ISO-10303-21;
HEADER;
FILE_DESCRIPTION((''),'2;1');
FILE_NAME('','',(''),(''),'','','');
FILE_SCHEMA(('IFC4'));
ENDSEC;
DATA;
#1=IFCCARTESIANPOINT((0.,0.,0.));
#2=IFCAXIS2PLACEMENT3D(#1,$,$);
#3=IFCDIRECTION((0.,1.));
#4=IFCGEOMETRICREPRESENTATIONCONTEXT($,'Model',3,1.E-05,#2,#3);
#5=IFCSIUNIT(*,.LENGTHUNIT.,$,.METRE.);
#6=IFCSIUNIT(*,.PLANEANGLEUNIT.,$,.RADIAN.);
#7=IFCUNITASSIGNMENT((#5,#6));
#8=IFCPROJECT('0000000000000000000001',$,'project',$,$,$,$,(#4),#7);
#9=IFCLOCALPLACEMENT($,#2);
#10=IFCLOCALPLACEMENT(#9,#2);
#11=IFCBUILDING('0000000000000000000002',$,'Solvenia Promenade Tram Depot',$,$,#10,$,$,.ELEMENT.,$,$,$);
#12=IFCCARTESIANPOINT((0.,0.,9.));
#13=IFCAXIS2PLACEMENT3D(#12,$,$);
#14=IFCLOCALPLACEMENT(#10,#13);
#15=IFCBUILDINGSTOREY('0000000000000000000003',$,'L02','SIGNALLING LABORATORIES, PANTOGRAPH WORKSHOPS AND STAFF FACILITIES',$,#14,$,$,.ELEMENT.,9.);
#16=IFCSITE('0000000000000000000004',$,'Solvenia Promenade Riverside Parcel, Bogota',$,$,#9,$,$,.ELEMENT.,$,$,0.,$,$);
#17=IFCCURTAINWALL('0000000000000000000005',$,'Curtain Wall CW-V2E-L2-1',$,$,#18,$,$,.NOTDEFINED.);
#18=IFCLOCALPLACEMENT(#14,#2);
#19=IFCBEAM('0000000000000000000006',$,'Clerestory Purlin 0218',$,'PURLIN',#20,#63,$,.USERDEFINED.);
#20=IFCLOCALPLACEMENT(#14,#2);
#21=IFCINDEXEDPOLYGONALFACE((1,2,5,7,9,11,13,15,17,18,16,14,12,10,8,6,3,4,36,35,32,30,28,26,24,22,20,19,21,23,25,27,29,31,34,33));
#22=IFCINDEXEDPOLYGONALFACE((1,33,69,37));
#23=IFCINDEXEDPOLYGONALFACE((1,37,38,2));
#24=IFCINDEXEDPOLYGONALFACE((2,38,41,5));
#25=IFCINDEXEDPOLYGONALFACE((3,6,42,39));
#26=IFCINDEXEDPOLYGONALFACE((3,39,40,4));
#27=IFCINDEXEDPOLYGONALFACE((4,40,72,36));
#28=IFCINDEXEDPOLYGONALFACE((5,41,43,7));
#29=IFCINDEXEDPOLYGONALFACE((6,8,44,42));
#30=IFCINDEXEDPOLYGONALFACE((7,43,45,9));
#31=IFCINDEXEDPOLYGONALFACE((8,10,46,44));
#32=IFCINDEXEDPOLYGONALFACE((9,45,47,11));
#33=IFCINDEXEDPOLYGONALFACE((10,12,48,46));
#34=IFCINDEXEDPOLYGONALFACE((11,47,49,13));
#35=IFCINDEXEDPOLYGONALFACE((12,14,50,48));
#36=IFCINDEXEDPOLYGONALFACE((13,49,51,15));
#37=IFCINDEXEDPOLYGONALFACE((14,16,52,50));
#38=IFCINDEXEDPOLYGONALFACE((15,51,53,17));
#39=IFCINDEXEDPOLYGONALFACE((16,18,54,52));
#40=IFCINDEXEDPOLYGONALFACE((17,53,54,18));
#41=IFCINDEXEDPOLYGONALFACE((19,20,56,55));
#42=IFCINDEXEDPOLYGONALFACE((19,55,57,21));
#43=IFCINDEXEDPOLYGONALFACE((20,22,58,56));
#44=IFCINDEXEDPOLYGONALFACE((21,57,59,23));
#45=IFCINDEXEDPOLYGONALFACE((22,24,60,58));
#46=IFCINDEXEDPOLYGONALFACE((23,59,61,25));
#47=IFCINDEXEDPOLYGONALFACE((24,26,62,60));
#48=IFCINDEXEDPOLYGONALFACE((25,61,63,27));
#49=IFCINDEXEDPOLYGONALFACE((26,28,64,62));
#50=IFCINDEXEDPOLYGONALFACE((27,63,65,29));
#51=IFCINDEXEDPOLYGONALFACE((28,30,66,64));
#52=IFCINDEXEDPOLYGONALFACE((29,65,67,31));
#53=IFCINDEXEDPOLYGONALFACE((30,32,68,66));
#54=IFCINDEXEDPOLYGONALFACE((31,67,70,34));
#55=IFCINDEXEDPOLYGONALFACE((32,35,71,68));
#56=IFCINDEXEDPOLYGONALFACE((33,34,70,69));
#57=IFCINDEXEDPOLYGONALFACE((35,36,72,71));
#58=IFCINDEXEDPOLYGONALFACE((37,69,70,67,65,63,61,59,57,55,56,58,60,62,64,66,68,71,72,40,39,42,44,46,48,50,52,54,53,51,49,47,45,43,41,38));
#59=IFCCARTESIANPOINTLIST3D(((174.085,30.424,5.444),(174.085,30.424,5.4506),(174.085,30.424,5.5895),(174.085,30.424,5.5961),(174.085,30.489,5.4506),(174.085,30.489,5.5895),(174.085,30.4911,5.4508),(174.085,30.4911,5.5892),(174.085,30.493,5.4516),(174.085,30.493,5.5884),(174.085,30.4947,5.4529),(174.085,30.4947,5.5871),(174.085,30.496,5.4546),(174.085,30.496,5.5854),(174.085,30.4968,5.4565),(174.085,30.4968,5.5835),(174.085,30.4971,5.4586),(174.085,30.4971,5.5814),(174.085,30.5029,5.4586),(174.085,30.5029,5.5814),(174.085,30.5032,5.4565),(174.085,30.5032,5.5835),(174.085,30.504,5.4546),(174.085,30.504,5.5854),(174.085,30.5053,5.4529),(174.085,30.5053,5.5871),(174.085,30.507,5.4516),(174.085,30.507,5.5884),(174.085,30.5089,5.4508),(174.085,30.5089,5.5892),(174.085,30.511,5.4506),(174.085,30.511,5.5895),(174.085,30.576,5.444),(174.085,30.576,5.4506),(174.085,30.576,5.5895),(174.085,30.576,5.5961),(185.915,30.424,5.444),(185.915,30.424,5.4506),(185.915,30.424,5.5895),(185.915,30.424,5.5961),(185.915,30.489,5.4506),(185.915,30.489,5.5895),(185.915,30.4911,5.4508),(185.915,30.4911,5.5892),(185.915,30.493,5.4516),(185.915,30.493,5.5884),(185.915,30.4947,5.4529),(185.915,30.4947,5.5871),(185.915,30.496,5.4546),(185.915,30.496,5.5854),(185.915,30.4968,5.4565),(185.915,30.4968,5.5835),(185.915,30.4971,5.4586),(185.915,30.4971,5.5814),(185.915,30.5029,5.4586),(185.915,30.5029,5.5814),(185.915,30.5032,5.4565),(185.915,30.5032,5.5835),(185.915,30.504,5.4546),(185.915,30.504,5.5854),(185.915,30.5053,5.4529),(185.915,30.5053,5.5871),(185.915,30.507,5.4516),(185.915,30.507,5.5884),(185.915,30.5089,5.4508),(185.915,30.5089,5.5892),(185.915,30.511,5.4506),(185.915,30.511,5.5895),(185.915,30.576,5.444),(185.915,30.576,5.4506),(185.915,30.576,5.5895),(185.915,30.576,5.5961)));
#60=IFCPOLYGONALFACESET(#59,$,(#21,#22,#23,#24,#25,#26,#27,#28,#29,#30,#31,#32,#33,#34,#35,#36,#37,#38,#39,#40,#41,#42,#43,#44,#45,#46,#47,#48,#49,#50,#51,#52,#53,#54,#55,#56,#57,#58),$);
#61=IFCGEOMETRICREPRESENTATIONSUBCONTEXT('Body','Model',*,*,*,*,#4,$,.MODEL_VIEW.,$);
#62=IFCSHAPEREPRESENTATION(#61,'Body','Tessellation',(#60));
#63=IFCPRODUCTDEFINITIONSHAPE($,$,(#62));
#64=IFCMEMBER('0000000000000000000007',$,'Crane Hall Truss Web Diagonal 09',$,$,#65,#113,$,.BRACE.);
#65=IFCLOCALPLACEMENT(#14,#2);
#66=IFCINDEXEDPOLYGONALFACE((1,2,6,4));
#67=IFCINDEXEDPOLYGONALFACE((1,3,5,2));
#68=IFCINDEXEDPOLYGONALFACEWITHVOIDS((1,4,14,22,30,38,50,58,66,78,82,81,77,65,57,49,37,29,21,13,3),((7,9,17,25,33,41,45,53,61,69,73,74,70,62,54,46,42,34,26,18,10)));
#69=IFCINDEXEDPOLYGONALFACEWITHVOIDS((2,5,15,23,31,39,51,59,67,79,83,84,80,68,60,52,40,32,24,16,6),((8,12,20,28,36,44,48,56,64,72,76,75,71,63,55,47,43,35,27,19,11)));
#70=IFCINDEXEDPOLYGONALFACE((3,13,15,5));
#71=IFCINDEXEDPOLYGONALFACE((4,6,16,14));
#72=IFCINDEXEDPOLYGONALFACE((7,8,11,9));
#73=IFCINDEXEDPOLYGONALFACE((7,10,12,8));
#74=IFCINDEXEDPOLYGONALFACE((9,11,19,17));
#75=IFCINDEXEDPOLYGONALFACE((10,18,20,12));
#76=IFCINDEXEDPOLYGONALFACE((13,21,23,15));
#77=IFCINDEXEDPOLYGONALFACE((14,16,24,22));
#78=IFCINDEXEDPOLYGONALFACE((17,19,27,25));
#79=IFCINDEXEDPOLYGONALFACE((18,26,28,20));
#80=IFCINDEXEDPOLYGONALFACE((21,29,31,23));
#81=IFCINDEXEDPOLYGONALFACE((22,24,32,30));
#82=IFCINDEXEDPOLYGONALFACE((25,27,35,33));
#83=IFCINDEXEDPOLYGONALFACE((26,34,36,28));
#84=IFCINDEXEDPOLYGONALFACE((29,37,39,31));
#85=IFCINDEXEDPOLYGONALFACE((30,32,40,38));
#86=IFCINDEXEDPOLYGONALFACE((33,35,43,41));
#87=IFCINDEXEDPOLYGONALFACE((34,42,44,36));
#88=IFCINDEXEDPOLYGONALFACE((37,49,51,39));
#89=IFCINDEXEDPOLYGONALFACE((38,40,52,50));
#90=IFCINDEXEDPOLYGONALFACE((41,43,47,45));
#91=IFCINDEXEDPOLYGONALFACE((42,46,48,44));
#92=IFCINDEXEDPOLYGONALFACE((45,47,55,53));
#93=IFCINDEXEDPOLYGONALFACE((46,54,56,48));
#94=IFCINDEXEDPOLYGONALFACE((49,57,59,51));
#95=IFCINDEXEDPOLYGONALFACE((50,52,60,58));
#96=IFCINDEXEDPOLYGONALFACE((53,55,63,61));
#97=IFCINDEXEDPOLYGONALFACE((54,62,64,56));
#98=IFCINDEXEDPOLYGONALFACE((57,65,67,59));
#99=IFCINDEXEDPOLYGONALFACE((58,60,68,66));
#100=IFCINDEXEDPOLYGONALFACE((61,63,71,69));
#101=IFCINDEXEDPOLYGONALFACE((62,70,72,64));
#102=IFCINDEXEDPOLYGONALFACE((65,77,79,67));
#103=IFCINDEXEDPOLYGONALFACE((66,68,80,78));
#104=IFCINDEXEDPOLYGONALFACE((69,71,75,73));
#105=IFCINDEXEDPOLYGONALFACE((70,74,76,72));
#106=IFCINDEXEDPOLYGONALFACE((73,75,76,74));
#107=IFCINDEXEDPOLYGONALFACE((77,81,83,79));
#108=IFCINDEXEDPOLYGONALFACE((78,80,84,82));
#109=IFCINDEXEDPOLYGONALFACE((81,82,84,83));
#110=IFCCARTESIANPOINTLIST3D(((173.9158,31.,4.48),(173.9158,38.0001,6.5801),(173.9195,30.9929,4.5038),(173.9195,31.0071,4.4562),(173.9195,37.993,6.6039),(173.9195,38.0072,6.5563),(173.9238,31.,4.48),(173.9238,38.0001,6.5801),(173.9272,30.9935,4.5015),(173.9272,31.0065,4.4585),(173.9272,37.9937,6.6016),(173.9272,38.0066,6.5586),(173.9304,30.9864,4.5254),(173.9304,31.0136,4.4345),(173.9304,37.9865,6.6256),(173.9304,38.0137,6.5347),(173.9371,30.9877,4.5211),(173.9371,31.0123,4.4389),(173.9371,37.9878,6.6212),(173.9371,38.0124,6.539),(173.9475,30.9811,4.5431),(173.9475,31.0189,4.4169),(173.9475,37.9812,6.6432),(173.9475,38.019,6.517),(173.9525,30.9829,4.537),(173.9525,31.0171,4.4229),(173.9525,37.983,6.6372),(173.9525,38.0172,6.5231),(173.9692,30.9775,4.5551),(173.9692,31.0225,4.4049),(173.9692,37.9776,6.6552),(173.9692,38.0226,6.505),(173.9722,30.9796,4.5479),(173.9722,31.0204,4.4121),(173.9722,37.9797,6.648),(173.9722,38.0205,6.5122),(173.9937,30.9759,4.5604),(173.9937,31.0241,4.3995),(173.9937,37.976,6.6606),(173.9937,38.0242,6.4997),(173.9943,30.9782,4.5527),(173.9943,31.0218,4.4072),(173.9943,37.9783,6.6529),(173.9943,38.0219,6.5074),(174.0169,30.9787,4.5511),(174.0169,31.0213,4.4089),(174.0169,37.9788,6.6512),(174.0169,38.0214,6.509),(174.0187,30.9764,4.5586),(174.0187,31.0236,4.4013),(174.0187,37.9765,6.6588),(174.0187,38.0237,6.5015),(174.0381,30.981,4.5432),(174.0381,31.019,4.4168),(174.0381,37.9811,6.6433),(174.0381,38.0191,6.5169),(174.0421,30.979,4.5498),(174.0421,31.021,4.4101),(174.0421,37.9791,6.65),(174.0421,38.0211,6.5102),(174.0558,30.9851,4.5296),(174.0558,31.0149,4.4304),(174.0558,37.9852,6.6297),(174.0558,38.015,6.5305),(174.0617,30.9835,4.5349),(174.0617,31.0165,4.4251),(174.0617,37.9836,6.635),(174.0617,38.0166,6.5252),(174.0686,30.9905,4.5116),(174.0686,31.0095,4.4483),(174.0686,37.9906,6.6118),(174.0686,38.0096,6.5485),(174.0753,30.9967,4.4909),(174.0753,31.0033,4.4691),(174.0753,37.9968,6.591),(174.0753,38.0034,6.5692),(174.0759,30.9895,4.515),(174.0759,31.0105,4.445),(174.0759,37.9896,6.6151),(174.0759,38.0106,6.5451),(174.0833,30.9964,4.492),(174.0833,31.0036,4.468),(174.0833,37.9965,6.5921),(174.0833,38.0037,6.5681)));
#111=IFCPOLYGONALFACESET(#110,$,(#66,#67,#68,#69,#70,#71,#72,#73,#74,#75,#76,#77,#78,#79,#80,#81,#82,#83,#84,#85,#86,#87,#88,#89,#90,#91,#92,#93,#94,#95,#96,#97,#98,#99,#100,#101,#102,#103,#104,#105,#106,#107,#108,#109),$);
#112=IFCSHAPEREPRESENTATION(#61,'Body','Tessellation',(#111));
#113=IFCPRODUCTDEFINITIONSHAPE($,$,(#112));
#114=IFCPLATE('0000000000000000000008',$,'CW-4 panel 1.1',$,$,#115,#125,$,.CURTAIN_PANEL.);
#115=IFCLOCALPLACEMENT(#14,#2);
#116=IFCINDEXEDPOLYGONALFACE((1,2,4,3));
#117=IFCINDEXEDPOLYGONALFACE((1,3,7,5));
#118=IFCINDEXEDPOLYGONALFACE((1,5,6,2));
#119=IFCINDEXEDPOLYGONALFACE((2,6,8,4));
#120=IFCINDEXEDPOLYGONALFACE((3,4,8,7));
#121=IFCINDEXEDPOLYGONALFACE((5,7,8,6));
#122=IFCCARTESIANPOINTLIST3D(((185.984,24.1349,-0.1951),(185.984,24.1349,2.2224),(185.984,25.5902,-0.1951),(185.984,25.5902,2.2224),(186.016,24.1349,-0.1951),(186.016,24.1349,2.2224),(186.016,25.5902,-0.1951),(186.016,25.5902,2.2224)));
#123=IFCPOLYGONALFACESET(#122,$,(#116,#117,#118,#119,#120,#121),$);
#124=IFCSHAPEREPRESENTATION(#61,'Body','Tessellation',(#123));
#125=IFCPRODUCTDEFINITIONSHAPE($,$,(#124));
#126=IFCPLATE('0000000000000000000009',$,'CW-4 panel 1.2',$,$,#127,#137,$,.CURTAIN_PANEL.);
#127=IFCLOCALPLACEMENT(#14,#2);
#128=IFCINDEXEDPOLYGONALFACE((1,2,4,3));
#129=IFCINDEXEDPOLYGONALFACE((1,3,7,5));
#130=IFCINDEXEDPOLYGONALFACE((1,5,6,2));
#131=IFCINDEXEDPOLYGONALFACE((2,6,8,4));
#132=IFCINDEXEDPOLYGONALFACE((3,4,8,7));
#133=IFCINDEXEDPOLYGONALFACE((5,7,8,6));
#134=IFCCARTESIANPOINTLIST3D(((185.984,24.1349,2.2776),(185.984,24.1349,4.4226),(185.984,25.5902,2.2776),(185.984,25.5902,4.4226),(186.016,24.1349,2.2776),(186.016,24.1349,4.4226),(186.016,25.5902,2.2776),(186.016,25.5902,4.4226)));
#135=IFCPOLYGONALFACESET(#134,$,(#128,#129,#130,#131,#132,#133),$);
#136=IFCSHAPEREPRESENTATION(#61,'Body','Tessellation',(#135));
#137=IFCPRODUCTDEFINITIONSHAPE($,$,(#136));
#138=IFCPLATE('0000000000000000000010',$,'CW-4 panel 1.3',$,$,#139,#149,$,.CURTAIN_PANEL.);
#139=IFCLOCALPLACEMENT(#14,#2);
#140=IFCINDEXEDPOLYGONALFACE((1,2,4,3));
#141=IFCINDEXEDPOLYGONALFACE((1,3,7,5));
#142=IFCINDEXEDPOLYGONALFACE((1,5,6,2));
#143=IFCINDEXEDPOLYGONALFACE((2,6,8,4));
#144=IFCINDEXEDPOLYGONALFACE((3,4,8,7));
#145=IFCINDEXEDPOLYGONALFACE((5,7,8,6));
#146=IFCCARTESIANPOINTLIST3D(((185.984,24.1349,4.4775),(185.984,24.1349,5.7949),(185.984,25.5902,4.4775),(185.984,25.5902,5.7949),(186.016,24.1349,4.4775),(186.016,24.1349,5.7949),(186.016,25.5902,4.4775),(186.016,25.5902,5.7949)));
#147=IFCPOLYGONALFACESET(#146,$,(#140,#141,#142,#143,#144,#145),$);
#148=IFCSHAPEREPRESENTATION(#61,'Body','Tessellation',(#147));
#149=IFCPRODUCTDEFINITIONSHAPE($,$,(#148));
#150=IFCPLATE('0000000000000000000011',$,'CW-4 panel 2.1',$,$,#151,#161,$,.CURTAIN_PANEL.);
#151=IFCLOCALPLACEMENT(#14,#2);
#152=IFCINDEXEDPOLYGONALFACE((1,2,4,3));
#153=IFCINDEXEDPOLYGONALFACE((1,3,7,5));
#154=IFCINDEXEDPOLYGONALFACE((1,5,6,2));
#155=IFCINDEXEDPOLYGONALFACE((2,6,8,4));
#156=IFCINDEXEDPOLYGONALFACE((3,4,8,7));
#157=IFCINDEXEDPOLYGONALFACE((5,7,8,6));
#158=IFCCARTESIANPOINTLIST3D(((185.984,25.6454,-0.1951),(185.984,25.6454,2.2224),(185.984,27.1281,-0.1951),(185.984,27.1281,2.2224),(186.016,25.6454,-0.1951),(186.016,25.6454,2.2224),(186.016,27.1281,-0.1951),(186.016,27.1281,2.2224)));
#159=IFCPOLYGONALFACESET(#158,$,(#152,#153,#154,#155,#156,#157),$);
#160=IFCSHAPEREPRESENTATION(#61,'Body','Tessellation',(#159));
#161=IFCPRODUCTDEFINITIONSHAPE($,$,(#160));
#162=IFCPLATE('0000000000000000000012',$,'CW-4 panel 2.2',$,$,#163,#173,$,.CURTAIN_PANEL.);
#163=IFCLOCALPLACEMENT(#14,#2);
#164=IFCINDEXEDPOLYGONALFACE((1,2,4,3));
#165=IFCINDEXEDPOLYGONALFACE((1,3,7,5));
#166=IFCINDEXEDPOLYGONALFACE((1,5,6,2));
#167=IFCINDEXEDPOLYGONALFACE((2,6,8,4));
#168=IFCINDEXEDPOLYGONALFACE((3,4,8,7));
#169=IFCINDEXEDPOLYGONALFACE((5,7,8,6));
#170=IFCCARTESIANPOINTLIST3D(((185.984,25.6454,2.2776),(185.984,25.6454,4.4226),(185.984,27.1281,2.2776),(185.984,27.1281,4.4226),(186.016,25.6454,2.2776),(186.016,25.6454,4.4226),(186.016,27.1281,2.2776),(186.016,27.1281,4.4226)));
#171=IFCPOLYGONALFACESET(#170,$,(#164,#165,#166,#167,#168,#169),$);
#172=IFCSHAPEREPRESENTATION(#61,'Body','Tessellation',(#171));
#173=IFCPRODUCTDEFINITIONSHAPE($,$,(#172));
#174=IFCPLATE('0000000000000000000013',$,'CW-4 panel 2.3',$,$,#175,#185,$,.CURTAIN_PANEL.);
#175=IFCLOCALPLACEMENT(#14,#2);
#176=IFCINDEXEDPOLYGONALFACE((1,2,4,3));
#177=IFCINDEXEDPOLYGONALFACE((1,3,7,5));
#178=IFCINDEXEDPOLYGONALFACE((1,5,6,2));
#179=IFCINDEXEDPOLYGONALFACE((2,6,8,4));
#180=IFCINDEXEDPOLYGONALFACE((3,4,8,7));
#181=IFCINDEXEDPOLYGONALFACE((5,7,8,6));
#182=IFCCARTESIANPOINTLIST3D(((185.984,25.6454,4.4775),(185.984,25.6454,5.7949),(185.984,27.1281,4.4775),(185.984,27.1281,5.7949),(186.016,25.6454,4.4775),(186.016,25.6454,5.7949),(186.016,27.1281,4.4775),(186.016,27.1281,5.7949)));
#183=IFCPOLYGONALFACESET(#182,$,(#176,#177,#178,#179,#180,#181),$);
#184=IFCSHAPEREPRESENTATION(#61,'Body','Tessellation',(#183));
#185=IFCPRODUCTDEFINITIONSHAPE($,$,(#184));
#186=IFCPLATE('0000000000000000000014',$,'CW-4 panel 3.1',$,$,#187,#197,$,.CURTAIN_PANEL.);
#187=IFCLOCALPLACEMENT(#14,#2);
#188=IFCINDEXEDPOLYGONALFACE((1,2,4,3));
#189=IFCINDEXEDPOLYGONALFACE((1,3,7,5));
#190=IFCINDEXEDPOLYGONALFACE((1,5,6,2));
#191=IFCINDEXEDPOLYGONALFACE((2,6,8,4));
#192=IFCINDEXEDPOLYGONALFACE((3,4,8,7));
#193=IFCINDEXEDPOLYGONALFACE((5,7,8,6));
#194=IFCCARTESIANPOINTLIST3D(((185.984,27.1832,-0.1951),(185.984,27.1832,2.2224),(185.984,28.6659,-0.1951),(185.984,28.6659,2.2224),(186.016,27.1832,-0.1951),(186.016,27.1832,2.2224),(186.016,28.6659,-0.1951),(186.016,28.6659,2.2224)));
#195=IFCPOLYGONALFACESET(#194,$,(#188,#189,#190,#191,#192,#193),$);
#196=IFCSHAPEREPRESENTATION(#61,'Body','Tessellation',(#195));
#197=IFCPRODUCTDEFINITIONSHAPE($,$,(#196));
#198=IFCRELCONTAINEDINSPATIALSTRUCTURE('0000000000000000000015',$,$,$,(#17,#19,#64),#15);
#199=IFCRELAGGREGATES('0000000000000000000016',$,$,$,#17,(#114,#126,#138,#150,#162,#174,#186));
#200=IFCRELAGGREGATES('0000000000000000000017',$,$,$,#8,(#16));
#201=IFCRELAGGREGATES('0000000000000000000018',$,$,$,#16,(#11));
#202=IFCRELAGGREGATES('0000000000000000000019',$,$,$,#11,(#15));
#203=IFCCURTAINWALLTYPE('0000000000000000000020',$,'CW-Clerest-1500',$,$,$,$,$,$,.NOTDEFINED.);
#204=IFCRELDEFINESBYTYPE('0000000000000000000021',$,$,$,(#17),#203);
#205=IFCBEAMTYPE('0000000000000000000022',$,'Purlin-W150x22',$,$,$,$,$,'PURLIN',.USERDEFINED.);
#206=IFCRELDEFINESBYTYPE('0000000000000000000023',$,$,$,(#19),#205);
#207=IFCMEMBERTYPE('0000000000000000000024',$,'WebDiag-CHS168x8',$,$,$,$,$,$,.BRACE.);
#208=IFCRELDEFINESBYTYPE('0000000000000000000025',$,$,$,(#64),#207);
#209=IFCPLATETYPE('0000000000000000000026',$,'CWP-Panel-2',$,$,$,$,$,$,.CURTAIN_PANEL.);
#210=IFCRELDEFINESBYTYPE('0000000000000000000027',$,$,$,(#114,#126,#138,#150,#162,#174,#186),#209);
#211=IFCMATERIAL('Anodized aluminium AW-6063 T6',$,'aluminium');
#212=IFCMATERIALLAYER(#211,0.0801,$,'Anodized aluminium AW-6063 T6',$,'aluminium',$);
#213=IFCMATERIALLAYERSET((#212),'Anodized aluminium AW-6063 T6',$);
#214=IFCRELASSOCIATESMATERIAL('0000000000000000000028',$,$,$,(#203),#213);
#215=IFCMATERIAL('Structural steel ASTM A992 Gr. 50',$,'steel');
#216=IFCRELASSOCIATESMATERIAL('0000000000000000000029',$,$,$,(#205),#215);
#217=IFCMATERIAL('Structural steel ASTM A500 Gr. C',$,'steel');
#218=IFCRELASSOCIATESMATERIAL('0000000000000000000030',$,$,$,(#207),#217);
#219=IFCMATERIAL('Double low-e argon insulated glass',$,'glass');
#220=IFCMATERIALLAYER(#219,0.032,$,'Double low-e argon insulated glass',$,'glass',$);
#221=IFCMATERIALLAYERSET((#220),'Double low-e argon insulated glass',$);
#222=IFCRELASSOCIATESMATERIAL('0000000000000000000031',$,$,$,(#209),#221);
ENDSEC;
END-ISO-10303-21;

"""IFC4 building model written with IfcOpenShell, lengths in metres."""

from ifc_helpers import new_model, si_unit, direction, frame, origin, origin_2d, place, context, subcontext, project, spatial, rectangle, hollow_circle, i_section, extrude, material, layer, layer_set, material_profile, profile_set, type_object, element, aggregate, save


model = new_model("IFC4")

# Units and contexts
model_context = context("Model", 3, precision=1e-05, world=origin(), true_north=direction((0.0, 1.0)))
body_context = subcontext(model_context, "Body", "Model", "MODEL_VIEW")
ifc_project = project(units=[si_unit("LENGTHUNIT", "METRE"), si_unit("PLANEANGLEUNIT", "RADIAN")], contexts=[model_context])

# Site, building, storey
site_placement = place(None, origin())
site = spatial("IfcSite", under=ifc_project, at=site_placement, Name="Solvenia Promenade Riverside Parcel, Bogota", CompositionType="ELEMENT", RefElevation=0.0)
building_placement = place(site_placement, origin())
building = spatial("IfcBuilding", under=site, at=building_placement, Name="Solvenia Promenade Tram Depot", CompositionType="ELEMENT")
storey_placement = place(building_placement, frame((0.0, 0.0, 9.0)))
storey = spatial("IfcBuildingStorey", under=building, at=storey_placement, Name="L02", Description="SIGNALLING LABORATORIES, PANTOGRAPH WORKSHOPS AND STAFF FACILITIES", CompositionType="ELEMENT", Elevation=9.0)

# Curtain wall
ifc_material_1 = material(Name="Anodized aluminium AW-6063 T6", Category="aluminium")
ifc_layer_1 = layer(ifc_material_1, 0.0801, Name="Anodized aluminium AW-6063 T6", Category="aluminium")
ifc_layer_set_1 = layer_set([ifc_layer_1], Name="Anodized aluminium AW-6063 T6")
curtain_wall_type = type_object("IfcCurtainWallType", Name="CW-Clerest-1500", PredefinedType="NOTDEFINED", material=ifc_layer_set_1)
curtain_wall_placement = place(storey_placement, origin())
curtain_wall = element("IfcCurtainWall", 1, at=curtain_wall_placement, inside=storey, type_object=curtain_wall_type, Name="Curtain Wall CW-V2E-L2-1", PredefinedType="NOTDEFINED")

# Shared definitions
ifc_material_2 = material(Name="Structural steel ASTM A500 Gr. C", Category="steel")

# Beam
ifc_material_3 = material(Name="Structural steel ASTM A992 Gr. 50", Category="steel")
ifc_material_profile_1 = material_profile(ifc_material_3, i_section(OverallWidth=0.1521, OverallDepth=0.1521, WebThickness=0.0059, FlangeThickness=0.0066, FilletRadius=0.0081, at=origin_2d()), Name="W150x22", Category="steel")
ifc_profile_set_1 = profile_set([ifc_material_profile_1], Name="Structural steel ASTM A992 Gr. 50")
beam_type = type_object("IfcBeamType", Name="Purlin-W150x22", ElementType="PURLIN", PredefinedType="USERDEFINED", material=ifc_profile_set_1)
for number, where, z_axis, x_axis, name in (
    (2, (174.085, 30.5, 5.52), (1.0, 0.0, 0.0), (0.0, 1.0, 0.0), "Clerestory Purlin 0218"),
):
    element("IfcBeam", number, at=place(storey_placement, frame(where, z_axis=z_axis, x_axis=x_axis)), inside=storey, type_object=beam_type, Name=name, ObjectType="PURLIN", PredefinedType="USERDEFINED", context=body_context, shape_type="SweptSolid", body=[
        extrude(i_section(OverallWidth=0.1521, OverallDepth=0.1521, WebThickness=0.0059, FlangeThickness=0.0066, FilletRadius=0.0081, at=origin_2d()), origin(), (0.0, 0.0, 1.0), 11.8301),
    ])

# Member
ifc_material_profile_2 = material_profile(ifc_material_2, hollow_circle(Radius=0.0842, WallThickness=0.0081, at=origin_2d()), Name="CHS168.3x8", Category="steel")
ifc_profile_set_2 = profile_set([ifc_material_profile_2], Name="Structural steel ASTM A500 Gr. C")
member_type_1 = type_object("IfcMemberType", Name="WebDiag-CHS168x8", PredefinedType="BRACE", material=ifc_profile_set_2)
member_1_placement = place(storey_placement, frame((174.0, 31.0, 4.48), z_axis=(0.0, 0.957823, 0.28736), x_axis=(-1.0, 0.0, 0.0)))
element("IfcMember", 3, at=member_1_placement, inside=storey, type_object=member_type_1, Name="Crane Hall Truss Web Diagonal 09", PredefinedType="BRACE", context=body_context, shape_type="SweptSolid", body=[
    extrude(hollow_circle(Radius=0.0842, WallThickness=0.0081, at=origin_2d()), origin(), (0.0, 0.0, 1.0), 7.3083),
])

# Plates
ifc_material_4 = material(Name="Double low-e argon insulated glass", Category="glass")
ifc_layer_2 = layer(ifc_material_4, 0.032, Name="Double low-e argon insulated glass", Category="glass")
ifc_layer_set_2 = layer_set([ifc_layer_2], Name="Double low-e argon insulated glass")
plate_type = type_object("IfcPlateType", Name="CWP-Panel-2", PredefinedType="CURTAIN_PANEL", material=ifc_layer_set_2)
plate_1_placement = place(storey_placement, frame((186.0, 24.8625, -0.1951), z_axis=(0.0, 0.0, 1.0), x_axis=(0.0, 1.0, 0.0)))
plate_1 = element("IfcPlate", 4, at=plate_1_placement, type_object=plate_type, Name="CW-4 panel 1.1", PredefinedType="CURTAIN_PANEL", context=body_context, shape_type="SweptSolid", body=[
    extrude(rectangle(XDim=1.4553, YDim=0.032, at=origin_2d()), origin(), (0.0, 0.0, 1.0), 2.4175),
])
plate_2_placement = place(storey_placement, frame((186.0, 24.8625, 2.2776), z_axis=(0.0, 0.0, 1.0), x_axis=(0.0, 1.0, 0.0)))
plate_2 = element("IfcPlate", 5, at=plate_2_placement, type_object=plate_type, Name="CW-4 panel 1.2", PredefinedType="CURTAIN_PANEL", context=body_context, shape_type="SweptSolid", body=[
    extrude(rectangle(XDim=1.4553, YDim=0.032, at=origin_2d()), origin(), (0.0, 0.0, 1.0), 2.145),
])
plate_3_placement = place(storey_placement, frame((186.0, 24.8625, 4.4775), z_axis=(0.0, 0.0, 1.0), x_axis=(0.0, 1.0, 0.0)))
plate_3 = element("IfcPlate", 6, at=plate_3_placement, type_object=plate_type, Name="CW-4 panel 1.3", PredefinedType="CURTAIN_PANEL", context=body_context, shape_type="SweptSolid", body=[
    extrude(rectangle(XDim=1.4553, YDim=0.032, at=origin_2d()), origin(), (0.0, 0.0, 1.0), 1.3174),
])
plate_4_placement = place(storey_placement, frame((186.0, 26.3867, -0.1951), z_axis=(0.0, 0.0, 1.0), x_axis=(0.0, 1.0, 0.0)))
plate_4 = element("IfcPlate", 7, at=plate_4_placement, type_object=plate_type, Name="CW-4 panel 2.1", PredefinedType="CURTAIN_PANEL", context=body_context, shape_type="SweptSolid", body=[
    extrude(rectangle(XDim=1.4827, YDim=0.032, at=origin_2d()), origin(), (0.0, 0.0, 1.0), 2.4175),
])
plate_5_placement = place(storey_placement, frame((186.0, 26.3867, 2.2776), z_axis=(0.0, 0.0, 1.0), x_axis=(0.0, 1.0, 0.0)))
plate_5 = element("IfcPlate", 8, at=plate_5_placement, type_object=plate_type, Name="CW-4 panel 2.2", PredefinedType="CURTAIN_PANEL", context=body_context, shape_type="SweptSolid", body=[
    extrude(rectangle(XDim=1.4827, YDim=0.032, at=origin_2d()), origin(), (0.0, 0.0, 1.0), 2.145),
])
plate_6_placement = place(storey_placement, frame((186.0, 26.3867, 4.4775), z_axis=(0.0, 0.0, 1.0), x_axis=(0.0, 1.0, 0.0)))
plate_6 = element("IfcPlate", 9, at=plate_6_placement, type_object=plate_type, Name="CW-4 panel 2.3", PredefinedType="CURTAIN_PANEL", context=body_context, shape_type="SweptSolid", body=[
    extrude(rectangle(XDim=1.4827, YDim=0.032, at=origin_2d()), origin(), (0.0, 0.0, 1.0), 1.3174),
])
plate_7_placement = place(storey_placement, frame((186.0, 27.9246, -0.1951), z_axis=(0.0, 0.0, 1.0), x_axis=(0.0, 1.0, 0.0)))
plate_7 = element("IfcPlate", 10, at=plate_7_placement, type_object=plate_type, Name="CW-4 panel 3.1", PredefinedType="CURTAIN_PANEL", context=body_context, shape_type="SweptSolid", body=[
    extrude(rectangle(XDim=1.4827, YDim=0.032, at=origin_2d()), origin(), (0.0, 0.0, 1.0), 2.4175),
])
aggregate(curtain_wall, [plate_1, plate_2, plate_3, plate_4, plate_5, plate_6, plate_7])

save(model, "model.ifc")
